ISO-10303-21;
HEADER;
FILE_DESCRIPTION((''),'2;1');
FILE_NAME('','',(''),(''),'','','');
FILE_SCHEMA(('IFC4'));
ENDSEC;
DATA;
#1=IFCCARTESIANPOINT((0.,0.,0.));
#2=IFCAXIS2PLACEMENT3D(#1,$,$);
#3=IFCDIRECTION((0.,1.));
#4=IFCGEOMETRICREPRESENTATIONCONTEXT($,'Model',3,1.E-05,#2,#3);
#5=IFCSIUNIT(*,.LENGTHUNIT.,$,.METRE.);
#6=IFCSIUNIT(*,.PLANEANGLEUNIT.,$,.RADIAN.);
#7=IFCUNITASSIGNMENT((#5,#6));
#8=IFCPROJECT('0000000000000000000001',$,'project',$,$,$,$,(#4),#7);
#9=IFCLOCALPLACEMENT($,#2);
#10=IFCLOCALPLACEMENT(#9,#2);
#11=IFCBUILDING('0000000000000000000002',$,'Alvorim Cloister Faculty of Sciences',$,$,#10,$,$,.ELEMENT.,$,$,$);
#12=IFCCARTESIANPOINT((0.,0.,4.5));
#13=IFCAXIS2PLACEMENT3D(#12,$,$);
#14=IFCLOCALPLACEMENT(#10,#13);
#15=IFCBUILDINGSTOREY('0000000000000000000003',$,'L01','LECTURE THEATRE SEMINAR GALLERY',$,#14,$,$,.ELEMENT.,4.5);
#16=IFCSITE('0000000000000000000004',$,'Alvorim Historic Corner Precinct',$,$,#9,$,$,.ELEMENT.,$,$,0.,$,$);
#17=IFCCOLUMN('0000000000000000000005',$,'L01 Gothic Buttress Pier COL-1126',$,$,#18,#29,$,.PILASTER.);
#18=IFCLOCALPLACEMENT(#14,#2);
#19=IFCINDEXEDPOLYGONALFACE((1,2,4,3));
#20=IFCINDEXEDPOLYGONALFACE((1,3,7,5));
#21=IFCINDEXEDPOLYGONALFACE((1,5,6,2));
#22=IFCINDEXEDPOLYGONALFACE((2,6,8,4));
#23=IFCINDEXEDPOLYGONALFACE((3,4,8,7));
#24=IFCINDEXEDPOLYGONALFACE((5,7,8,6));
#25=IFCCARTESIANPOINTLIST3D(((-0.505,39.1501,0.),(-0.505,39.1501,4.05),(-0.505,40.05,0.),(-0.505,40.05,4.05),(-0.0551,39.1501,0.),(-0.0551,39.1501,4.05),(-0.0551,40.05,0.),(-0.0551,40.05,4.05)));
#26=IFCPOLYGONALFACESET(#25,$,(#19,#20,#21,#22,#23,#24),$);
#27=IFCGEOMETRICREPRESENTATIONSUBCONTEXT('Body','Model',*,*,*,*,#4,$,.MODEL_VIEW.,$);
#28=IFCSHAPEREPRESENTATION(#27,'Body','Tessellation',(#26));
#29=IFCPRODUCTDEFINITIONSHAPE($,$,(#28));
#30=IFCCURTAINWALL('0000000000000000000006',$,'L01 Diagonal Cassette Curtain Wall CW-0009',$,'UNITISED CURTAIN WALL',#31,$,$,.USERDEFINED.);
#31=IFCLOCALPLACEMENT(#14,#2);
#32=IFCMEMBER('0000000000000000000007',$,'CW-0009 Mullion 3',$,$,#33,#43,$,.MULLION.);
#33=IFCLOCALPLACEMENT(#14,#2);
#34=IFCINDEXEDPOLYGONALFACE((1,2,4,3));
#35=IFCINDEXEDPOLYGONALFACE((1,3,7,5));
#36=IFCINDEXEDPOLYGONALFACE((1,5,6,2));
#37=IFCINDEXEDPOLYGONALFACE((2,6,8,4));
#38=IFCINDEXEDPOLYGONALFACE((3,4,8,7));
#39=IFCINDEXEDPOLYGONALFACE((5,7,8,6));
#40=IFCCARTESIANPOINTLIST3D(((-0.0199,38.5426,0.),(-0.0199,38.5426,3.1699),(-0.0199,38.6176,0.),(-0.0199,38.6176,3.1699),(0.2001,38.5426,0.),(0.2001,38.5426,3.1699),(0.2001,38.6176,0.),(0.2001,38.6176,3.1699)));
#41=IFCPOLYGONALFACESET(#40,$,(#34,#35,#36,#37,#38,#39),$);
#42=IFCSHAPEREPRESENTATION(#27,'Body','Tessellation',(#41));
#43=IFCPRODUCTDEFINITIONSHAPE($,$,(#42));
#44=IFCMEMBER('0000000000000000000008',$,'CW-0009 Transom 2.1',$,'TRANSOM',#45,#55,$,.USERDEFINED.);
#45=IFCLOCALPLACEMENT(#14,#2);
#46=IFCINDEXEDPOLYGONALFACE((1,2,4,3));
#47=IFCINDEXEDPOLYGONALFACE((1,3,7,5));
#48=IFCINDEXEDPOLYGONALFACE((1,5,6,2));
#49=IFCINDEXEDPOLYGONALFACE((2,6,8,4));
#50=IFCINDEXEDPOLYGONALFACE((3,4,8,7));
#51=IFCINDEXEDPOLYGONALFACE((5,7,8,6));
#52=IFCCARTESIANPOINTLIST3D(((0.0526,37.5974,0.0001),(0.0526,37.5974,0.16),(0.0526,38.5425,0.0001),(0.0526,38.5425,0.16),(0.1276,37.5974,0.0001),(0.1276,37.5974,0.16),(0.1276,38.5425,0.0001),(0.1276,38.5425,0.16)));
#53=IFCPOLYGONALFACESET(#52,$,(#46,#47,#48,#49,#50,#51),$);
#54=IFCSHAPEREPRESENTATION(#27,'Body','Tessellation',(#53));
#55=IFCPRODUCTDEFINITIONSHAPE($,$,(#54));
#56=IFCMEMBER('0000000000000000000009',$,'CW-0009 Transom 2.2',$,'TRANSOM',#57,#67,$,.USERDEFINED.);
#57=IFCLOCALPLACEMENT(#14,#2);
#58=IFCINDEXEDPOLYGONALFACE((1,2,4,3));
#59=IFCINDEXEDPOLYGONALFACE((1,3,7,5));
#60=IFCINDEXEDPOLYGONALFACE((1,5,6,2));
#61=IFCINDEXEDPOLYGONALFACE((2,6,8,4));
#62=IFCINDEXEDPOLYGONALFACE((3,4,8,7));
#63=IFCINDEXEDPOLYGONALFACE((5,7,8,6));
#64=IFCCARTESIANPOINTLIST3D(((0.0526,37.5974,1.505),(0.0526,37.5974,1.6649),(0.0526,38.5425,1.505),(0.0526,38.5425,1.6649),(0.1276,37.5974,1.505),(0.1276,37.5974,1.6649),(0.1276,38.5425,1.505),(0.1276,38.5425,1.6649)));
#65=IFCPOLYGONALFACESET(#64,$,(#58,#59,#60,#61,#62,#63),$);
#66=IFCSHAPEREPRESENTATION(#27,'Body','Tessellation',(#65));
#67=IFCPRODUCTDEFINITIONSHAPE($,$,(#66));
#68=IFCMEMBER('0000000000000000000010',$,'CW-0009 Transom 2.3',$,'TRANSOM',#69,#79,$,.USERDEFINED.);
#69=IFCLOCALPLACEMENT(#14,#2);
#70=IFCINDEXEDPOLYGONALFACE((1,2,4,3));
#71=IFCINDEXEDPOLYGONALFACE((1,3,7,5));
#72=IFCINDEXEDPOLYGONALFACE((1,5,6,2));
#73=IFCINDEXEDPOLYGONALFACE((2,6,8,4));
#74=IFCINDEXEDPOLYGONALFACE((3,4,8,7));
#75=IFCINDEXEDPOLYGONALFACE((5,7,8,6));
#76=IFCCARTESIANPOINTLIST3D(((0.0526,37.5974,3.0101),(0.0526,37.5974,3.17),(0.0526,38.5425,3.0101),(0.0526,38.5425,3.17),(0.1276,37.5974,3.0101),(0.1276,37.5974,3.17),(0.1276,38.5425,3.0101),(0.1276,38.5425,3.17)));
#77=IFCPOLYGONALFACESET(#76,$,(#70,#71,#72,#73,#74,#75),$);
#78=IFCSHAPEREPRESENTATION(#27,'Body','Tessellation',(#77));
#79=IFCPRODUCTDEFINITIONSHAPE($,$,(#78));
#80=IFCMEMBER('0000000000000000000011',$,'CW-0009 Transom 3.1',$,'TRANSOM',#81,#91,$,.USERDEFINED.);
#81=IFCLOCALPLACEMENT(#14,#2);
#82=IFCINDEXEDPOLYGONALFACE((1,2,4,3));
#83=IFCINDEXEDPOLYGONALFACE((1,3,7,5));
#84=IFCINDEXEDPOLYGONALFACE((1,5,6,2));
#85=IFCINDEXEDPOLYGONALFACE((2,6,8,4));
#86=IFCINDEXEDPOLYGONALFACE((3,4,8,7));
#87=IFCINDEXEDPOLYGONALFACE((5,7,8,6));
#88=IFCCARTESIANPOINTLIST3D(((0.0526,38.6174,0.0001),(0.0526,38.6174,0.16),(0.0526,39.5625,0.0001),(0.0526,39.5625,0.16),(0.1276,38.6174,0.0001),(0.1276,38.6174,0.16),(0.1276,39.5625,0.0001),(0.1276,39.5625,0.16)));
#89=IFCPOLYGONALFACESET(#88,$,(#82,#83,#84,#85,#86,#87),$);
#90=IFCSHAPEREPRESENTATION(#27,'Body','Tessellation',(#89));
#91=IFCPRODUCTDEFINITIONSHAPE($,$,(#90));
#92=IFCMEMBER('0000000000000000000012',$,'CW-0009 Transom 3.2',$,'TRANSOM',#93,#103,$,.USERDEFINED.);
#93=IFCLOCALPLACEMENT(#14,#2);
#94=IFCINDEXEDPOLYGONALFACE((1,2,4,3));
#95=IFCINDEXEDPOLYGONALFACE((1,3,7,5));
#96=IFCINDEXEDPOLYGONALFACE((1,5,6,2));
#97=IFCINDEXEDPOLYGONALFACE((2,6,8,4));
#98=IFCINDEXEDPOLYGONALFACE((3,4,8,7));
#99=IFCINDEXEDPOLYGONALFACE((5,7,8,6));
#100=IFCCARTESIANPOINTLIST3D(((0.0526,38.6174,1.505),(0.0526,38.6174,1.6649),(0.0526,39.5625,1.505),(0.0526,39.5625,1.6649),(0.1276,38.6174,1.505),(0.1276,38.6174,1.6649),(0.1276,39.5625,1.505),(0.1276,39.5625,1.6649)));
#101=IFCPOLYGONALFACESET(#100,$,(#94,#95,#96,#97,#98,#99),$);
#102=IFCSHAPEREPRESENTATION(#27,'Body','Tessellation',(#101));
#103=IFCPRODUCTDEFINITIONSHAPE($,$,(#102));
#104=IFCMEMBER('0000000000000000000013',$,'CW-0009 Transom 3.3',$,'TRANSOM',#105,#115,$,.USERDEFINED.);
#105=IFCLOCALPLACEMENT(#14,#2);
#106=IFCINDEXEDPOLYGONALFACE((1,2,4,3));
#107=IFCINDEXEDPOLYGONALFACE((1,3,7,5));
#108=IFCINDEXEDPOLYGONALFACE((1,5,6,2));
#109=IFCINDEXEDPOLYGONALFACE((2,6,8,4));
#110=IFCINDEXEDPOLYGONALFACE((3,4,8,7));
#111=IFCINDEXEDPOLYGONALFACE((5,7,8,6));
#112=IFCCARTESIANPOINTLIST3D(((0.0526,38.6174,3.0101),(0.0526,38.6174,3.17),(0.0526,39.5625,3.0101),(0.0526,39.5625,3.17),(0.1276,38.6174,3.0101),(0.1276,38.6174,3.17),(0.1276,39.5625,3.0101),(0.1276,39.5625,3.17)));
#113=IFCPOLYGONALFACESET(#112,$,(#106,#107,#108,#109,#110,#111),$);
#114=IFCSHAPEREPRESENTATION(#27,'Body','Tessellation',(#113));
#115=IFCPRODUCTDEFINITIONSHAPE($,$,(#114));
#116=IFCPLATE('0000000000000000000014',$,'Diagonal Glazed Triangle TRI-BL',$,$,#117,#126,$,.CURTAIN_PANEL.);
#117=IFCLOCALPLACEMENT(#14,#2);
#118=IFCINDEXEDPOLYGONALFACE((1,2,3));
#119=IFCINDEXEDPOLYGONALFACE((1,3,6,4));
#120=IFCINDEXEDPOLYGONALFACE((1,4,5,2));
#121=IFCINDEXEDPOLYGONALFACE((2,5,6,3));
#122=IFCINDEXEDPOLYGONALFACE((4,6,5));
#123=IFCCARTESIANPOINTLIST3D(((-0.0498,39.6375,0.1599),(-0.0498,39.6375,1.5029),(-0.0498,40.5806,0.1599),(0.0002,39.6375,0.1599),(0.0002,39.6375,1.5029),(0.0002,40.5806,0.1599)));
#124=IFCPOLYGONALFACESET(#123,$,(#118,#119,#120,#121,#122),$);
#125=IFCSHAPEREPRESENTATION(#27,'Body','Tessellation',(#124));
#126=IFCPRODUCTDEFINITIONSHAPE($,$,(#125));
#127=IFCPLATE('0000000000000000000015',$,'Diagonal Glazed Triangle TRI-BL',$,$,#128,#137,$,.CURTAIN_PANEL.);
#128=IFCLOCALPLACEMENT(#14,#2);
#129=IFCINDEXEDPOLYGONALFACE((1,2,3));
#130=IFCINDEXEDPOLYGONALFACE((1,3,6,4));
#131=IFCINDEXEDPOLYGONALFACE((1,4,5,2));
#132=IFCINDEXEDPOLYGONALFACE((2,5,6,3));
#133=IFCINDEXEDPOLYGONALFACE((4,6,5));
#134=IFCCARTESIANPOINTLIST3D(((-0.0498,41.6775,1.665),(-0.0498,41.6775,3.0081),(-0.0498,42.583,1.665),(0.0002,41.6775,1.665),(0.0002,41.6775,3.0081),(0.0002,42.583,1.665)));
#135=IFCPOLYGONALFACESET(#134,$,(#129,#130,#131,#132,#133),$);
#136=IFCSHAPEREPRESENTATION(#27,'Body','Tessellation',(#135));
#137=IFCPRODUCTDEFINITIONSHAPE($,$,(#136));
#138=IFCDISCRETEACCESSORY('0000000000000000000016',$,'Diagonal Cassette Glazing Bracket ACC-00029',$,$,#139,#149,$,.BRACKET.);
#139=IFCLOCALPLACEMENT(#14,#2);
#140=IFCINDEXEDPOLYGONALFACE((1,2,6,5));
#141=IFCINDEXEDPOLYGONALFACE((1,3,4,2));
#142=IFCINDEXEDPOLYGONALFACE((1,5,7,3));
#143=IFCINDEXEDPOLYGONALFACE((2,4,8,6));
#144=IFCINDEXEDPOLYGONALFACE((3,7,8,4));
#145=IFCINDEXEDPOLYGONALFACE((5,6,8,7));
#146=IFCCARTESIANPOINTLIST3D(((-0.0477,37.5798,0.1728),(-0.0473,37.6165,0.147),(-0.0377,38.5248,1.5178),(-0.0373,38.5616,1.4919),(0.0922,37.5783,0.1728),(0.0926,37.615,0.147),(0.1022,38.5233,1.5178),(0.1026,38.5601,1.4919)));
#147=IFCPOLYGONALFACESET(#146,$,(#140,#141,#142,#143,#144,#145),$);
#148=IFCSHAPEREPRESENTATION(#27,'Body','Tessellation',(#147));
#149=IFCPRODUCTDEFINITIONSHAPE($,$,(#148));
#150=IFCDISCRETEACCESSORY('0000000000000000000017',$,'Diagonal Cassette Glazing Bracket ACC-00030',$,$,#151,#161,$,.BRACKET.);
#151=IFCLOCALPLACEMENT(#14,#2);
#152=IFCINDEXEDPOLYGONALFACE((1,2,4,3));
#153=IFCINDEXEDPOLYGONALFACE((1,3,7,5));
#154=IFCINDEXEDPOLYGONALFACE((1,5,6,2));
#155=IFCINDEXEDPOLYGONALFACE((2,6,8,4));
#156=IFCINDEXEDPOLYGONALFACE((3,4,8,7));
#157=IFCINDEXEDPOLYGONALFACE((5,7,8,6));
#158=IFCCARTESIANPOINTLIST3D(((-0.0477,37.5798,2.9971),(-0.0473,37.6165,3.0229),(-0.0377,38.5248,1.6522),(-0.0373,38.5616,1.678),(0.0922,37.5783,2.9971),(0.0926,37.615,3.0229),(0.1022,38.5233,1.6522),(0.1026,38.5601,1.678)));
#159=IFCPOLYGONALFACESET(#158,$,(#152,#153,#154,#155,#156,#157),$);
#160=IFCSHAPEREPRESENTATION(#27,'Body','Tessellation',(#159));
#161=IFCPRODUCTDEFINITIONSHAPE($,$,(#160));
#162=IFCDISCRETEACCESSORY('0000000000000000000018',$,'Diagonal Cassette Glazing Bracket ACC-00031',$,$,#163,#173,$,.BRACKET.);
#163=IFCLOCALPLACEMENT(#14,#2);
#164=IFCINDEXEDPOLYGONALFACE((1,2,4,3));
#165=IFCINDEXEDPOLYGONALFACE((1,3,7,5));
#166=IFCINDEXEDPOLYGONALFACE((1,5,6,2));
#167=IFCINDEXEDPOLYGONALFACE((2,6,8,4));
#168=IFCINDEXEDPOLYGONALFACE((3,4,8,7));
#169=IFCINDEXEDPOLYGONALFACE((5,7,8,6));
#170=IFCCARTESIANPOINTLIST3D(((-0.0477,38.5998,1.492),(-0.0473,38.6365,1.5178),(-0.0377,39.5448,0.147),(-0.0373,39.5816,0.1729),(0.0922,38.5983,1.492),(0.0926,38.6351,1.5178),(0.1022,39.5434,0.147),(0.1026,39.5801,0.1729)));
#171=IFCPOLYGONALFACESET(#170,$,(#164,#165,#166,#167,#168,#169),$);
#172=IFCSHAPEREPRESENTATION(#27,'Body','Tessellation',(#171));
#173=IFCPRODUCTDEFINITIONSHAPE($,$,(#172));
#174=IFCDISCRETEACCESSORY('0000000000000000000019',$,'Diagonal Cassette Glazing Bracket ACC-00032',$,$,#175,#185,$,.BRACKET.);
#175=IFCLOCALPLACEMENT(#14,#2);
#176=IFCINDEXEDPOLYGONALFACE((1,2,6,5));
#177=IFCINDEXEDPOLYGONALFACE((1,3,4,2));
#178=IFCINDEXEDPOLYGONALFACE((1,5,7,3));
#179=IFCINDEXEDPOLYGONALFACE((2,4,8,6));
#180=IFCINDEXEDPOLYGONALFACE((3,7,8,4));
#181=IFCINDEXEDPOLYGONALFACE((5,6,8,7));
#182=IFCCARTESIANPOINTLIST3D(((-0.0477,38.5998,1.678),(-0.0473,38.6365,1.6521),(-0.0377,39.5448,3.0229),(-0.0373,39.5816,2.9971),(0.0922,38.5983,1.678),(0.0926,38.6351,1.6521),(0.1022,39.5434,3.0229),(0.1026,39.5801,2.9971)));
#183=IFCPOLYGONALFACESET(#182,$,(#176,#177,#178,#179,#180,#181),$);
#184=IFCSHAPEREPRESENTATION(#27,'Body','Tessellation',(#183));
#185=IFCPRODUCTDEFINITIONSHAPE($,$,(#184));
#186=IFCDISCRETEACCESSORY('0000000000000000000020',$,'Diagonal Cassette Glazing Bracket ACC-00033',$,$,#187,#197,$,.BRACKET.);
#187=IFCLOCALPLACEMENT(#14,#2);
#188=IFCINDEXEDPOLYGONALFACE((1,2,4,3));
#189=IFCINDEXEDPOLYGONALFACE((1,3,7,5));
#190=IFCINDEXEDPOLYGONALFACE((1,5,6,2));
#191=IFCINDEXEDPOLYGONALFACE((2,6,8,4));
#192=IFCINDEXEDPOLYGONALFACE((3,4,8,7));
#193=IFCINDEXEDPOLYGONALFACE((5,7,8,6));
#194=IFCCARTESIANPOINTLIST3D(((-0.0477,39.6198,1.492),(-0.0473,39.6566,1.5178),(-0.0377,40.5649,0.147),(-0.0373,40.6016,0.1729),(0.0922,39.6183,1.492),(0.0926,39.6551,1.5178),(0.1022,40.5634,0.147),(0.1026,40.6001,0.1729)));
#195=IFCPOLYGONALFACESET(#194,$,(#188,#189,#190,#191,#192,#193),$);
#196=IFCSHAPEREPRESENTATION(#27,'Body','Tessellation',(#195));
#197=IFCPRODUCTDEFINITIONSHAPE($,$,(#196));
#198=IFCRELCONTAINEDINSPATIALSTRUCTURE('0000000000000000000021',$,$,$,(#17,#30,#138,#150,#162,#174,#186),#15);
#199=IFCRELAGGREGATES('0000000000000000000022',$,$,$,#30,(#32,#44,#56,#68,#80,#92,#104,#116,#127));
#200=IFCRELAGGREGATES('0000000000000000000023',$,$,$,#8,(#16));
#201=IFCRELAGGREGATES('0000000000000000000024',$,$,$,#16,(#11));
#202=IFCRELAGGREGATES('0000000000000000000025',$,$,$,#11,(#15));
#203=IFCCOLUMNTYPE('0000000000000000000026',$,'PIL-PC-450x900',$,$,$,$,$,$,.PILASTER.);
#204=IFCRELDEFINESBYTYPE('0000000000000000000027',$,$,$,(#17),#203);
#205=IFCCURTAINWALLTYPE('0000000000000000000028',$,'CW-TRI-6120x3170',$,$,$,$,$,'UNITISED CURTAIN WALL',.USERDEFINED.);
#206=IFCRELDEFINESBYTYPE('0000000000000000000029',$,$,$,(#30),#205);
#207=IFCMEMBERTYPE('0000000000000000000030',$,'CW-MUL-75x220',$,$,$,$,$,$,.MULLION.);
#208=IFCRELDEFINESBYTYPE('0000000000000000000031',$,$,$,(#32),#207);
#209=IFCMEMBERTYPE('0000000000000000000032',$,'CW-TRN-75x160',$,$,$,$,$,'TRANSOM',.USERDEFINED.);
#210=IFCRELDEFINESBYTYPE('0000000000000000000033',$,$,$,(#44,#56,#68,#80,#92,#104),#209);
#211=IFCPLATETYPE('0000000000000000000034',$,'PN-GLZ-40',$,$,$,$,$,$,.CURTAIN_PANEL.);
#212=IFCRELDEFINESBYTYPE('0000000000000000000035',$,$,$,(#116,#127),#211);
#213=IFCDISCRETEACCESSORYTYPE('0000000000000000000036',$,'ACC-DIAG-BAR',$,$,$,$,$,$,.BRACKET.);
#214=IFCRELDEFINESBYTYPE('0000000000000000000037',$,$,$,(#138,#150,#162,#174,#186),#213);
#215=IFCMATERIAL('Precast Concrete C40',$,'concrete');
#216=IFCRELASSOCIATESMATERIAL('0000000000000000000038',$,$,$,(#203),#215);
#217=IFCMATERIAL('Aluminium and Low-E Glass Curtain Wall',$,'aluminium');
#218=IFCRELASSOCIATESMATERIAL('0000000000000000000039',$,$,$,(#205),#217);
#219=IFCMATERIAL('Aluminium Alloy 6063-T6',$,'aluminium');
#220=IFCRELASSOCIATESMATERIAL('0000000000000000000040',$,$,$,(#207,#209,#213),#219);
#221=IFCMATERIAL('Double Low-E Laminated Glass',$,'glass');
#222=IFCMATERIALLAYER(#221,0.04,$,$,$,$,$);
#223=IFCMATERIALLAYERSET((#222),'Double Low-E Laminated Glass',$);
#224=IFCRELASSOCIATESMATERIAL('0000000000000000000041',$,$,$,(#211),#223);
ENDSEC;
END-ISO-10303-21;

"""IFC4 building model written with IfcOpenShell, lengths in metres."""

from ifc_helpers import new_model, si_unit, direction, frame, origin, origin_2d, place, context, subcontext, project, spatial, polyline, rectangle, outline, extrude, material, layer, layer_set, material_profile, profile_set, type_object, element, aggregate, save


model = new_model("IFC4")

# Units and contexts
model_context = context("Model", 3, precision=1e-05, world=origin(), true_north=direction((0.0, 1.0)))
body_context = subcontext(model_context, "Body", "Model", "MODEL_VIEW")
ifc_project = project(units=[si_unit("LENGTHUNIT", "METRE"), si_unit("PLANEANGLEUNIT", "RADIAN")], contexts=[model_context])

# Site, building, storey
site_placement = place(None, origin())
site = spatial("IfcSite", under=ifc_project, at=site_placement, Name="Alvorim Historic Corner Precinct", CompositionType="ELEMENT", RefElevation=0.0)
building_placement = place(site_placement, origin())
building = spatial("IfcBuilding", under=site, at=building_placement, Name="Alvorim Cloister Faculty of Sciences", CompositionType="ELEMENT")
storey_placement = place(building_placement, frame((0.0, 0.0, 4.5)))
storey = spatial("IfcBuildingStorey", under=building, at=storey_placement, Name="L01", Description="LECTURE THEATRE SEMINAR GALLERY", CompositionType="ELEMENT", Elevation=4.5)

# Column
ifc_material_1 = material(Name="Precast Concrete C40", Category="concrete")
ifc_material_profile_1 = material_profile(ifc_material_1, rectangle(XDim=0.45, YDim=0.8999, at=origin_2d()), Name="RC40-PIL-450x900")
ifc_profile_set_1 = profile_set([ifc_material_profile_1], Name="Precast Concrete C40")
column_type = type_object("IfcColumnType", Name="PIL-PC-450x900", PredefinedType="PILASTER", material=ifc_profile_set_1)
column_placement = place(storey_placement, frame((-0.28, 39.6001, 0.0), z_axis=(0.0, 0.0, 1.0), x_axis=(1.0, 0.0, 0.0)))
element("IfcColumn", 1, at=column_placement, inside=storey, type_object=column_type, Name="L01 Gothic Buttress Pier COL-1126", PredefinedType="PILASTER", context=body_context, shape_type="SweptSolid", body=[
    extrude(rectangle(XDim=0.45, YDim=0.8999, at=origin_2d()), origin(), (0.0, 0.0, 1.0), 4.05),
])

# Curtain wall, members, plates
ifc_material_2 = material(Name="Aluminium and Low-E Glass Curtain Wall", Category="aluminium")
curtain_wall_type = type_object("IfcCurtainWallType", Name="CW-TRI-6120x3170", ElementType="UNITISED CURTAIN WALL", PredefinedType="USERDEFINED", material=ifc_material_2)
curtain_wall_placement = place(storey_placement, origin())
curtain_wall = element("IfcCurtainWall", 2, at=curtain_wall_placement, inside=storey, type_object=curtain_wall_type, Name="L01 Diagonal Cassette Curtain Wall CW-0009", ObjectType="UNITISED CURTAIN WALL", PredefinedType="USERDEFINED")
ifc_material_3 = material(Name="Aluminium Alloy 6063-T6", Category="aluminium")
ifc_material_profile_2 = material_profile(ifc_material_3, rectangle(XDim=0.075, YDim=0.22, at=origin_2d()), Name="ALU-MUL-75x220")
ifc_profile_set_2 = profile_set([ifc_material_profile_2], Name="Aluminium Alloy 6063-T6")
member_type_1 = type_object("IfcMemberType", Name="CW-MUL-75x220", PredefinedType="MULLION", material=ifc_profile_set_2)
member_1_placement = place(storey_placement, frame((0.0901, 38.5801, 0.0), z_axis=(0.0, 0.0, 1.0), x_axis=(0.0, 1.0, 0.0)))
member_1 = element("IfcMember", 3, at=member_1_placement, type_object=member_type_1, Name="CW-0009 Mullion 3", PredefinedType="MULLION", context=body_context, shape_type="SweptSolid", body=[
    extrude(rectangle(XDim=0.075, YDim=0.22, at=origin_2d()), origin(), (0.0, 0.0, 1.0), 3.1699),
])
ifc_material_profile_3 = material_profile(ifc_material_3, rectangle(XDim=0.075, YDim=0.1599, at=origin_2d()), Name="ALU-TRN-75x160")
ifc_profile_set_3 = profile_set([ifc_material_profile_3], Name="Aluminium Alloy 6063-T6")
member_type_2 = type_object("IfcMemberType", Name="CW-TRN-75x160", ElementType="TRANSOM", PredefinedType="USERDEFINED", material=ifc_profile_set_3)
member_2_placement = place(storey_placement, frame((0.0901, 37.5974, 0.0801), z_axis=(0.0, 1.0, 0.0), x_axis=(-1.0, 0.0, 0.0)))
member_2 = element("IfcMember", 4, at=member_2_placement, type_object=member_type_2, Name="CW-0009 Transom 2.1", ObjectType="TRANSOM", PredefinedType="USERDEFINED", context=body_context, shape_type="SweptSolid", body=[
    extrude(rectangle(XDim=0.075, YDim=0.1599, at=origin_2d()), origin(), (0.0, 0.0, 1.0), 0.9451),
])
member_3_placement = place(storey_placement, frame((0.0901, 37.5974, 1.585), z_axis=(0.0, 1.0, 0.0), x_axis=(-1.0, 0.0, 0.0)))
member_3 = element("IfcMember", 5, at=member_3_placement, type_object=member_type_2, Name="CW-0009 Transom 2.2", ObjectType="TRANSOM", PredefinedType="USERDEFINED", context=body_context, shape_type="SweptSolid", body=[
    extrude(rectangle(XDim=0.075, YDim=0.1599, at=origin_2d()), origin(), (0.0, 0.0, 1.0), 0.9451),
])
member_4_placement = place(storey_placement, frame((0.0901, 37.5974, 3.0901), z_axis=(0.0, 1.0, 0.0), x_axis=(-1.0, 0.0, 0.0)))
member_4 = element("IfcMember", 6, at=member_4_placement, type_object=member_type_2, Name="CW-0009 Transom 2.3", ObjectType="TRANSOM", PredefinedType="USERDEFINED", context=body_context, shape_type="SweptSolid", body=[
    extrude(rectangle(XDim=0.075, YDim=0.1599, at=origin_2d()), origin(), (0.0, 0.0, 1.0), 0.9451),
])
member_5_placement = place(storey_placement, frame((0.0901, 38.6174, 0.0801), z_axis=(0.0, 1.0, 0.0), x_axis=(-1.0, 0.0, 0.0)))
member_5 = element("IfcMember", 7, at=member_5_placement, type_object=member_type_2, Name="CW-0009 Transom 3.1", ObjectType="TRANSOM", PredefinedType="USERDEFINED", context=body_context, shape_type="SweptSolid", body=[
    extrude(rectangle(XDim=0.075, YDim=0.1599, at=origin_2d()), origin(), (0.0, 0.0, 1.0), 0.9451),
])
member_6_placement = place(storey_placement, frame((0.0901, 38.6174, 1.585), z_axis=(0.0, 1.0, 0.0), x_axis=(-1.0, 0.0, 0.0)))
member_6 = element("IfcMember", 8, at=member_6_placement, type_object=member_type_2, Name="CW-0009 Transom 3.2", ObjectType="TRANSOM", PredefinedType="USERDEFINED", context=body_context, shape_type="SweptSolid", body=[
    extrude(rectangle(XDim=0.075, YDim=0.1599, at=origin_2d()), origin(), (0.0, 0.0, 1.0), 0.9451),
])
member_7_placement = place(storey_placement, frame((0.0901, 38.6174, 3.0901), z_axis=(0.0, 1.0, 0.0), x_axis=(-1.0, 0.0, 0.0)))
member_7 = element("IfcMember", 9, at=member_7_placement, type_object=member_type_2, Name="CW-0009 Transom 3.3", ObjectType="TRANSOM", PredefinedType="USERDEFINED", context=body_context, shape_type="SweptSolid", body=[
    extrude(rectangle(XDim=0.075, YDim=0.1599, at=origin_2d()), origin(), (0.0, 0.0, 1.0), 0.9451),
])
ifc_material_4 = material(Name="Double Low-E Laminated Glass", Category="glass")
ifc_layer = layer(ifc_material_4, 0.04)
ifc_layer_set = layer_set([ifc_layer], Name="Double Low-E Laminated Glass")
plate_type = type_object("IfcPlateType", Name="PN-GLZ-40", PredefinedType="CURTAIN_PANEL", material=ifc_layer_set)
plate_1_placement = place(storey_placement, frame((-0.0249, 39.6375, 0.1599), z_axis=(0.0, 0.0, 1.0), x_axis=(0.0, 1.0, 0.0)))
plate_1 = element("IfcPlate", 10, at=plate_1_placement, type_object=plate_type, Name="Diagonal Glazed Triangle TRI-BL", PredefinedType="CURTAIN_PANEL", context=body_context, shape_type="SweptSolid", body=[
    extrude(outline(polyline([(0.0, 0.0), (0.9431, 0.0), (0.0, 1.343), (0.0, 0.0)])), frame((0.0, 0.0249, 0.0), z_axis=(0.0, -1.0, 0.0), x_axis=(1.0, 0.0, 0.0)), (0.0, 0.0, 1.0), 0.05),
])
plate_2_placement = place(storey_placement, frame((-0.0249, 41.6775, 1.665), z_axis=(0.0, 0.0, 1.0), x_axis=(0.0, 1.0, 0.0)))
plate_2 = element("IfcPlate", 11, at=plate_2_placement, type_object=plate_type, Name="Diagonal Glazed Triangle TRI-BL", PredefinedType="CURTAIN_PANEL", context=body_context, shape_type="SweptSolid", body=[
    extrude(outline(polyline([(0.0, 0.0), (0.9055, 0.0), (0.0, 1.343), (0.0, 0.0)])), frame((0.0, 0.0249, 0.0), z_axis=(0.0, -1.0, 0.0), x_axis=(1.0, 0.0, 0.0)), (0.0, 0.0, 1.0), 0.05),
])
aggregate(curtain_wall, [member_1, member_2, member_3, member_4, member_5, member_6, member_7, plate_1, plate_2])

# Discrete accessories
discrete_accessory_type = type_object("IfcDiscreteAccessoryType", Name="ACC-DIAG-BAR", PredefinedType="BRACKET", material=ifc_material_3)
for number, where, z_axis, x_axis, name in (
    (12, (0.0225, 37.5974, 0.1599), (0.006089, 0.574916, 0.81819), (-0.999944, 0.010591, 0.0), "Diagonal Cassette Glazing Bracket ACC-00029"),
    (13, (0.0225, 37.5974, 3.01), (0.006089, 0.574916, -0.81819), (-0.999944, 0.010591, 0.0), "Diagonal Cassette Glazing Bracket ACC-00030"),
    (14, (0.0225, 38.6174, 1.5049), (0.006089, 0.574916, -0.81819), (-0.999944, 0.010591, 0.0), "Diagonal Cassette Glazing Bracket ACC-00031"),
    (15, (0.0225, 38.6174, 1.665), (0.006089, 0.574916, 0.81819), (-0.999944, 0.010591, 0.0), "Diagonal Cassette Glazing Bracket ACC-00032"),
    (16, (0.0225, 39.6375, 1.5049), (0.006089, 0.574916, -0.81819), (-0.999944, 0.010591, 0.0), "Diagonal Cassette Glazing Bracket ACC-00033"),
):
    element("IfcDiscreteAccessory", number, at=place(storey_placement, frame(where, z_axis=z_axis, x_axis=x_axis)), inside=storey, type_object=discrete_accessory_type, Name=name, PredefinedType="BRACKET", context=body_context, shape_type="SweptSolid", body=[
        extrude(rectangle(XDim=0.1399, YDim=0.0449, at=origin_2d()), origin(), (0.0, 0.0, 1.0), 1.6438),
    ])

save(model, "model.ifc")
